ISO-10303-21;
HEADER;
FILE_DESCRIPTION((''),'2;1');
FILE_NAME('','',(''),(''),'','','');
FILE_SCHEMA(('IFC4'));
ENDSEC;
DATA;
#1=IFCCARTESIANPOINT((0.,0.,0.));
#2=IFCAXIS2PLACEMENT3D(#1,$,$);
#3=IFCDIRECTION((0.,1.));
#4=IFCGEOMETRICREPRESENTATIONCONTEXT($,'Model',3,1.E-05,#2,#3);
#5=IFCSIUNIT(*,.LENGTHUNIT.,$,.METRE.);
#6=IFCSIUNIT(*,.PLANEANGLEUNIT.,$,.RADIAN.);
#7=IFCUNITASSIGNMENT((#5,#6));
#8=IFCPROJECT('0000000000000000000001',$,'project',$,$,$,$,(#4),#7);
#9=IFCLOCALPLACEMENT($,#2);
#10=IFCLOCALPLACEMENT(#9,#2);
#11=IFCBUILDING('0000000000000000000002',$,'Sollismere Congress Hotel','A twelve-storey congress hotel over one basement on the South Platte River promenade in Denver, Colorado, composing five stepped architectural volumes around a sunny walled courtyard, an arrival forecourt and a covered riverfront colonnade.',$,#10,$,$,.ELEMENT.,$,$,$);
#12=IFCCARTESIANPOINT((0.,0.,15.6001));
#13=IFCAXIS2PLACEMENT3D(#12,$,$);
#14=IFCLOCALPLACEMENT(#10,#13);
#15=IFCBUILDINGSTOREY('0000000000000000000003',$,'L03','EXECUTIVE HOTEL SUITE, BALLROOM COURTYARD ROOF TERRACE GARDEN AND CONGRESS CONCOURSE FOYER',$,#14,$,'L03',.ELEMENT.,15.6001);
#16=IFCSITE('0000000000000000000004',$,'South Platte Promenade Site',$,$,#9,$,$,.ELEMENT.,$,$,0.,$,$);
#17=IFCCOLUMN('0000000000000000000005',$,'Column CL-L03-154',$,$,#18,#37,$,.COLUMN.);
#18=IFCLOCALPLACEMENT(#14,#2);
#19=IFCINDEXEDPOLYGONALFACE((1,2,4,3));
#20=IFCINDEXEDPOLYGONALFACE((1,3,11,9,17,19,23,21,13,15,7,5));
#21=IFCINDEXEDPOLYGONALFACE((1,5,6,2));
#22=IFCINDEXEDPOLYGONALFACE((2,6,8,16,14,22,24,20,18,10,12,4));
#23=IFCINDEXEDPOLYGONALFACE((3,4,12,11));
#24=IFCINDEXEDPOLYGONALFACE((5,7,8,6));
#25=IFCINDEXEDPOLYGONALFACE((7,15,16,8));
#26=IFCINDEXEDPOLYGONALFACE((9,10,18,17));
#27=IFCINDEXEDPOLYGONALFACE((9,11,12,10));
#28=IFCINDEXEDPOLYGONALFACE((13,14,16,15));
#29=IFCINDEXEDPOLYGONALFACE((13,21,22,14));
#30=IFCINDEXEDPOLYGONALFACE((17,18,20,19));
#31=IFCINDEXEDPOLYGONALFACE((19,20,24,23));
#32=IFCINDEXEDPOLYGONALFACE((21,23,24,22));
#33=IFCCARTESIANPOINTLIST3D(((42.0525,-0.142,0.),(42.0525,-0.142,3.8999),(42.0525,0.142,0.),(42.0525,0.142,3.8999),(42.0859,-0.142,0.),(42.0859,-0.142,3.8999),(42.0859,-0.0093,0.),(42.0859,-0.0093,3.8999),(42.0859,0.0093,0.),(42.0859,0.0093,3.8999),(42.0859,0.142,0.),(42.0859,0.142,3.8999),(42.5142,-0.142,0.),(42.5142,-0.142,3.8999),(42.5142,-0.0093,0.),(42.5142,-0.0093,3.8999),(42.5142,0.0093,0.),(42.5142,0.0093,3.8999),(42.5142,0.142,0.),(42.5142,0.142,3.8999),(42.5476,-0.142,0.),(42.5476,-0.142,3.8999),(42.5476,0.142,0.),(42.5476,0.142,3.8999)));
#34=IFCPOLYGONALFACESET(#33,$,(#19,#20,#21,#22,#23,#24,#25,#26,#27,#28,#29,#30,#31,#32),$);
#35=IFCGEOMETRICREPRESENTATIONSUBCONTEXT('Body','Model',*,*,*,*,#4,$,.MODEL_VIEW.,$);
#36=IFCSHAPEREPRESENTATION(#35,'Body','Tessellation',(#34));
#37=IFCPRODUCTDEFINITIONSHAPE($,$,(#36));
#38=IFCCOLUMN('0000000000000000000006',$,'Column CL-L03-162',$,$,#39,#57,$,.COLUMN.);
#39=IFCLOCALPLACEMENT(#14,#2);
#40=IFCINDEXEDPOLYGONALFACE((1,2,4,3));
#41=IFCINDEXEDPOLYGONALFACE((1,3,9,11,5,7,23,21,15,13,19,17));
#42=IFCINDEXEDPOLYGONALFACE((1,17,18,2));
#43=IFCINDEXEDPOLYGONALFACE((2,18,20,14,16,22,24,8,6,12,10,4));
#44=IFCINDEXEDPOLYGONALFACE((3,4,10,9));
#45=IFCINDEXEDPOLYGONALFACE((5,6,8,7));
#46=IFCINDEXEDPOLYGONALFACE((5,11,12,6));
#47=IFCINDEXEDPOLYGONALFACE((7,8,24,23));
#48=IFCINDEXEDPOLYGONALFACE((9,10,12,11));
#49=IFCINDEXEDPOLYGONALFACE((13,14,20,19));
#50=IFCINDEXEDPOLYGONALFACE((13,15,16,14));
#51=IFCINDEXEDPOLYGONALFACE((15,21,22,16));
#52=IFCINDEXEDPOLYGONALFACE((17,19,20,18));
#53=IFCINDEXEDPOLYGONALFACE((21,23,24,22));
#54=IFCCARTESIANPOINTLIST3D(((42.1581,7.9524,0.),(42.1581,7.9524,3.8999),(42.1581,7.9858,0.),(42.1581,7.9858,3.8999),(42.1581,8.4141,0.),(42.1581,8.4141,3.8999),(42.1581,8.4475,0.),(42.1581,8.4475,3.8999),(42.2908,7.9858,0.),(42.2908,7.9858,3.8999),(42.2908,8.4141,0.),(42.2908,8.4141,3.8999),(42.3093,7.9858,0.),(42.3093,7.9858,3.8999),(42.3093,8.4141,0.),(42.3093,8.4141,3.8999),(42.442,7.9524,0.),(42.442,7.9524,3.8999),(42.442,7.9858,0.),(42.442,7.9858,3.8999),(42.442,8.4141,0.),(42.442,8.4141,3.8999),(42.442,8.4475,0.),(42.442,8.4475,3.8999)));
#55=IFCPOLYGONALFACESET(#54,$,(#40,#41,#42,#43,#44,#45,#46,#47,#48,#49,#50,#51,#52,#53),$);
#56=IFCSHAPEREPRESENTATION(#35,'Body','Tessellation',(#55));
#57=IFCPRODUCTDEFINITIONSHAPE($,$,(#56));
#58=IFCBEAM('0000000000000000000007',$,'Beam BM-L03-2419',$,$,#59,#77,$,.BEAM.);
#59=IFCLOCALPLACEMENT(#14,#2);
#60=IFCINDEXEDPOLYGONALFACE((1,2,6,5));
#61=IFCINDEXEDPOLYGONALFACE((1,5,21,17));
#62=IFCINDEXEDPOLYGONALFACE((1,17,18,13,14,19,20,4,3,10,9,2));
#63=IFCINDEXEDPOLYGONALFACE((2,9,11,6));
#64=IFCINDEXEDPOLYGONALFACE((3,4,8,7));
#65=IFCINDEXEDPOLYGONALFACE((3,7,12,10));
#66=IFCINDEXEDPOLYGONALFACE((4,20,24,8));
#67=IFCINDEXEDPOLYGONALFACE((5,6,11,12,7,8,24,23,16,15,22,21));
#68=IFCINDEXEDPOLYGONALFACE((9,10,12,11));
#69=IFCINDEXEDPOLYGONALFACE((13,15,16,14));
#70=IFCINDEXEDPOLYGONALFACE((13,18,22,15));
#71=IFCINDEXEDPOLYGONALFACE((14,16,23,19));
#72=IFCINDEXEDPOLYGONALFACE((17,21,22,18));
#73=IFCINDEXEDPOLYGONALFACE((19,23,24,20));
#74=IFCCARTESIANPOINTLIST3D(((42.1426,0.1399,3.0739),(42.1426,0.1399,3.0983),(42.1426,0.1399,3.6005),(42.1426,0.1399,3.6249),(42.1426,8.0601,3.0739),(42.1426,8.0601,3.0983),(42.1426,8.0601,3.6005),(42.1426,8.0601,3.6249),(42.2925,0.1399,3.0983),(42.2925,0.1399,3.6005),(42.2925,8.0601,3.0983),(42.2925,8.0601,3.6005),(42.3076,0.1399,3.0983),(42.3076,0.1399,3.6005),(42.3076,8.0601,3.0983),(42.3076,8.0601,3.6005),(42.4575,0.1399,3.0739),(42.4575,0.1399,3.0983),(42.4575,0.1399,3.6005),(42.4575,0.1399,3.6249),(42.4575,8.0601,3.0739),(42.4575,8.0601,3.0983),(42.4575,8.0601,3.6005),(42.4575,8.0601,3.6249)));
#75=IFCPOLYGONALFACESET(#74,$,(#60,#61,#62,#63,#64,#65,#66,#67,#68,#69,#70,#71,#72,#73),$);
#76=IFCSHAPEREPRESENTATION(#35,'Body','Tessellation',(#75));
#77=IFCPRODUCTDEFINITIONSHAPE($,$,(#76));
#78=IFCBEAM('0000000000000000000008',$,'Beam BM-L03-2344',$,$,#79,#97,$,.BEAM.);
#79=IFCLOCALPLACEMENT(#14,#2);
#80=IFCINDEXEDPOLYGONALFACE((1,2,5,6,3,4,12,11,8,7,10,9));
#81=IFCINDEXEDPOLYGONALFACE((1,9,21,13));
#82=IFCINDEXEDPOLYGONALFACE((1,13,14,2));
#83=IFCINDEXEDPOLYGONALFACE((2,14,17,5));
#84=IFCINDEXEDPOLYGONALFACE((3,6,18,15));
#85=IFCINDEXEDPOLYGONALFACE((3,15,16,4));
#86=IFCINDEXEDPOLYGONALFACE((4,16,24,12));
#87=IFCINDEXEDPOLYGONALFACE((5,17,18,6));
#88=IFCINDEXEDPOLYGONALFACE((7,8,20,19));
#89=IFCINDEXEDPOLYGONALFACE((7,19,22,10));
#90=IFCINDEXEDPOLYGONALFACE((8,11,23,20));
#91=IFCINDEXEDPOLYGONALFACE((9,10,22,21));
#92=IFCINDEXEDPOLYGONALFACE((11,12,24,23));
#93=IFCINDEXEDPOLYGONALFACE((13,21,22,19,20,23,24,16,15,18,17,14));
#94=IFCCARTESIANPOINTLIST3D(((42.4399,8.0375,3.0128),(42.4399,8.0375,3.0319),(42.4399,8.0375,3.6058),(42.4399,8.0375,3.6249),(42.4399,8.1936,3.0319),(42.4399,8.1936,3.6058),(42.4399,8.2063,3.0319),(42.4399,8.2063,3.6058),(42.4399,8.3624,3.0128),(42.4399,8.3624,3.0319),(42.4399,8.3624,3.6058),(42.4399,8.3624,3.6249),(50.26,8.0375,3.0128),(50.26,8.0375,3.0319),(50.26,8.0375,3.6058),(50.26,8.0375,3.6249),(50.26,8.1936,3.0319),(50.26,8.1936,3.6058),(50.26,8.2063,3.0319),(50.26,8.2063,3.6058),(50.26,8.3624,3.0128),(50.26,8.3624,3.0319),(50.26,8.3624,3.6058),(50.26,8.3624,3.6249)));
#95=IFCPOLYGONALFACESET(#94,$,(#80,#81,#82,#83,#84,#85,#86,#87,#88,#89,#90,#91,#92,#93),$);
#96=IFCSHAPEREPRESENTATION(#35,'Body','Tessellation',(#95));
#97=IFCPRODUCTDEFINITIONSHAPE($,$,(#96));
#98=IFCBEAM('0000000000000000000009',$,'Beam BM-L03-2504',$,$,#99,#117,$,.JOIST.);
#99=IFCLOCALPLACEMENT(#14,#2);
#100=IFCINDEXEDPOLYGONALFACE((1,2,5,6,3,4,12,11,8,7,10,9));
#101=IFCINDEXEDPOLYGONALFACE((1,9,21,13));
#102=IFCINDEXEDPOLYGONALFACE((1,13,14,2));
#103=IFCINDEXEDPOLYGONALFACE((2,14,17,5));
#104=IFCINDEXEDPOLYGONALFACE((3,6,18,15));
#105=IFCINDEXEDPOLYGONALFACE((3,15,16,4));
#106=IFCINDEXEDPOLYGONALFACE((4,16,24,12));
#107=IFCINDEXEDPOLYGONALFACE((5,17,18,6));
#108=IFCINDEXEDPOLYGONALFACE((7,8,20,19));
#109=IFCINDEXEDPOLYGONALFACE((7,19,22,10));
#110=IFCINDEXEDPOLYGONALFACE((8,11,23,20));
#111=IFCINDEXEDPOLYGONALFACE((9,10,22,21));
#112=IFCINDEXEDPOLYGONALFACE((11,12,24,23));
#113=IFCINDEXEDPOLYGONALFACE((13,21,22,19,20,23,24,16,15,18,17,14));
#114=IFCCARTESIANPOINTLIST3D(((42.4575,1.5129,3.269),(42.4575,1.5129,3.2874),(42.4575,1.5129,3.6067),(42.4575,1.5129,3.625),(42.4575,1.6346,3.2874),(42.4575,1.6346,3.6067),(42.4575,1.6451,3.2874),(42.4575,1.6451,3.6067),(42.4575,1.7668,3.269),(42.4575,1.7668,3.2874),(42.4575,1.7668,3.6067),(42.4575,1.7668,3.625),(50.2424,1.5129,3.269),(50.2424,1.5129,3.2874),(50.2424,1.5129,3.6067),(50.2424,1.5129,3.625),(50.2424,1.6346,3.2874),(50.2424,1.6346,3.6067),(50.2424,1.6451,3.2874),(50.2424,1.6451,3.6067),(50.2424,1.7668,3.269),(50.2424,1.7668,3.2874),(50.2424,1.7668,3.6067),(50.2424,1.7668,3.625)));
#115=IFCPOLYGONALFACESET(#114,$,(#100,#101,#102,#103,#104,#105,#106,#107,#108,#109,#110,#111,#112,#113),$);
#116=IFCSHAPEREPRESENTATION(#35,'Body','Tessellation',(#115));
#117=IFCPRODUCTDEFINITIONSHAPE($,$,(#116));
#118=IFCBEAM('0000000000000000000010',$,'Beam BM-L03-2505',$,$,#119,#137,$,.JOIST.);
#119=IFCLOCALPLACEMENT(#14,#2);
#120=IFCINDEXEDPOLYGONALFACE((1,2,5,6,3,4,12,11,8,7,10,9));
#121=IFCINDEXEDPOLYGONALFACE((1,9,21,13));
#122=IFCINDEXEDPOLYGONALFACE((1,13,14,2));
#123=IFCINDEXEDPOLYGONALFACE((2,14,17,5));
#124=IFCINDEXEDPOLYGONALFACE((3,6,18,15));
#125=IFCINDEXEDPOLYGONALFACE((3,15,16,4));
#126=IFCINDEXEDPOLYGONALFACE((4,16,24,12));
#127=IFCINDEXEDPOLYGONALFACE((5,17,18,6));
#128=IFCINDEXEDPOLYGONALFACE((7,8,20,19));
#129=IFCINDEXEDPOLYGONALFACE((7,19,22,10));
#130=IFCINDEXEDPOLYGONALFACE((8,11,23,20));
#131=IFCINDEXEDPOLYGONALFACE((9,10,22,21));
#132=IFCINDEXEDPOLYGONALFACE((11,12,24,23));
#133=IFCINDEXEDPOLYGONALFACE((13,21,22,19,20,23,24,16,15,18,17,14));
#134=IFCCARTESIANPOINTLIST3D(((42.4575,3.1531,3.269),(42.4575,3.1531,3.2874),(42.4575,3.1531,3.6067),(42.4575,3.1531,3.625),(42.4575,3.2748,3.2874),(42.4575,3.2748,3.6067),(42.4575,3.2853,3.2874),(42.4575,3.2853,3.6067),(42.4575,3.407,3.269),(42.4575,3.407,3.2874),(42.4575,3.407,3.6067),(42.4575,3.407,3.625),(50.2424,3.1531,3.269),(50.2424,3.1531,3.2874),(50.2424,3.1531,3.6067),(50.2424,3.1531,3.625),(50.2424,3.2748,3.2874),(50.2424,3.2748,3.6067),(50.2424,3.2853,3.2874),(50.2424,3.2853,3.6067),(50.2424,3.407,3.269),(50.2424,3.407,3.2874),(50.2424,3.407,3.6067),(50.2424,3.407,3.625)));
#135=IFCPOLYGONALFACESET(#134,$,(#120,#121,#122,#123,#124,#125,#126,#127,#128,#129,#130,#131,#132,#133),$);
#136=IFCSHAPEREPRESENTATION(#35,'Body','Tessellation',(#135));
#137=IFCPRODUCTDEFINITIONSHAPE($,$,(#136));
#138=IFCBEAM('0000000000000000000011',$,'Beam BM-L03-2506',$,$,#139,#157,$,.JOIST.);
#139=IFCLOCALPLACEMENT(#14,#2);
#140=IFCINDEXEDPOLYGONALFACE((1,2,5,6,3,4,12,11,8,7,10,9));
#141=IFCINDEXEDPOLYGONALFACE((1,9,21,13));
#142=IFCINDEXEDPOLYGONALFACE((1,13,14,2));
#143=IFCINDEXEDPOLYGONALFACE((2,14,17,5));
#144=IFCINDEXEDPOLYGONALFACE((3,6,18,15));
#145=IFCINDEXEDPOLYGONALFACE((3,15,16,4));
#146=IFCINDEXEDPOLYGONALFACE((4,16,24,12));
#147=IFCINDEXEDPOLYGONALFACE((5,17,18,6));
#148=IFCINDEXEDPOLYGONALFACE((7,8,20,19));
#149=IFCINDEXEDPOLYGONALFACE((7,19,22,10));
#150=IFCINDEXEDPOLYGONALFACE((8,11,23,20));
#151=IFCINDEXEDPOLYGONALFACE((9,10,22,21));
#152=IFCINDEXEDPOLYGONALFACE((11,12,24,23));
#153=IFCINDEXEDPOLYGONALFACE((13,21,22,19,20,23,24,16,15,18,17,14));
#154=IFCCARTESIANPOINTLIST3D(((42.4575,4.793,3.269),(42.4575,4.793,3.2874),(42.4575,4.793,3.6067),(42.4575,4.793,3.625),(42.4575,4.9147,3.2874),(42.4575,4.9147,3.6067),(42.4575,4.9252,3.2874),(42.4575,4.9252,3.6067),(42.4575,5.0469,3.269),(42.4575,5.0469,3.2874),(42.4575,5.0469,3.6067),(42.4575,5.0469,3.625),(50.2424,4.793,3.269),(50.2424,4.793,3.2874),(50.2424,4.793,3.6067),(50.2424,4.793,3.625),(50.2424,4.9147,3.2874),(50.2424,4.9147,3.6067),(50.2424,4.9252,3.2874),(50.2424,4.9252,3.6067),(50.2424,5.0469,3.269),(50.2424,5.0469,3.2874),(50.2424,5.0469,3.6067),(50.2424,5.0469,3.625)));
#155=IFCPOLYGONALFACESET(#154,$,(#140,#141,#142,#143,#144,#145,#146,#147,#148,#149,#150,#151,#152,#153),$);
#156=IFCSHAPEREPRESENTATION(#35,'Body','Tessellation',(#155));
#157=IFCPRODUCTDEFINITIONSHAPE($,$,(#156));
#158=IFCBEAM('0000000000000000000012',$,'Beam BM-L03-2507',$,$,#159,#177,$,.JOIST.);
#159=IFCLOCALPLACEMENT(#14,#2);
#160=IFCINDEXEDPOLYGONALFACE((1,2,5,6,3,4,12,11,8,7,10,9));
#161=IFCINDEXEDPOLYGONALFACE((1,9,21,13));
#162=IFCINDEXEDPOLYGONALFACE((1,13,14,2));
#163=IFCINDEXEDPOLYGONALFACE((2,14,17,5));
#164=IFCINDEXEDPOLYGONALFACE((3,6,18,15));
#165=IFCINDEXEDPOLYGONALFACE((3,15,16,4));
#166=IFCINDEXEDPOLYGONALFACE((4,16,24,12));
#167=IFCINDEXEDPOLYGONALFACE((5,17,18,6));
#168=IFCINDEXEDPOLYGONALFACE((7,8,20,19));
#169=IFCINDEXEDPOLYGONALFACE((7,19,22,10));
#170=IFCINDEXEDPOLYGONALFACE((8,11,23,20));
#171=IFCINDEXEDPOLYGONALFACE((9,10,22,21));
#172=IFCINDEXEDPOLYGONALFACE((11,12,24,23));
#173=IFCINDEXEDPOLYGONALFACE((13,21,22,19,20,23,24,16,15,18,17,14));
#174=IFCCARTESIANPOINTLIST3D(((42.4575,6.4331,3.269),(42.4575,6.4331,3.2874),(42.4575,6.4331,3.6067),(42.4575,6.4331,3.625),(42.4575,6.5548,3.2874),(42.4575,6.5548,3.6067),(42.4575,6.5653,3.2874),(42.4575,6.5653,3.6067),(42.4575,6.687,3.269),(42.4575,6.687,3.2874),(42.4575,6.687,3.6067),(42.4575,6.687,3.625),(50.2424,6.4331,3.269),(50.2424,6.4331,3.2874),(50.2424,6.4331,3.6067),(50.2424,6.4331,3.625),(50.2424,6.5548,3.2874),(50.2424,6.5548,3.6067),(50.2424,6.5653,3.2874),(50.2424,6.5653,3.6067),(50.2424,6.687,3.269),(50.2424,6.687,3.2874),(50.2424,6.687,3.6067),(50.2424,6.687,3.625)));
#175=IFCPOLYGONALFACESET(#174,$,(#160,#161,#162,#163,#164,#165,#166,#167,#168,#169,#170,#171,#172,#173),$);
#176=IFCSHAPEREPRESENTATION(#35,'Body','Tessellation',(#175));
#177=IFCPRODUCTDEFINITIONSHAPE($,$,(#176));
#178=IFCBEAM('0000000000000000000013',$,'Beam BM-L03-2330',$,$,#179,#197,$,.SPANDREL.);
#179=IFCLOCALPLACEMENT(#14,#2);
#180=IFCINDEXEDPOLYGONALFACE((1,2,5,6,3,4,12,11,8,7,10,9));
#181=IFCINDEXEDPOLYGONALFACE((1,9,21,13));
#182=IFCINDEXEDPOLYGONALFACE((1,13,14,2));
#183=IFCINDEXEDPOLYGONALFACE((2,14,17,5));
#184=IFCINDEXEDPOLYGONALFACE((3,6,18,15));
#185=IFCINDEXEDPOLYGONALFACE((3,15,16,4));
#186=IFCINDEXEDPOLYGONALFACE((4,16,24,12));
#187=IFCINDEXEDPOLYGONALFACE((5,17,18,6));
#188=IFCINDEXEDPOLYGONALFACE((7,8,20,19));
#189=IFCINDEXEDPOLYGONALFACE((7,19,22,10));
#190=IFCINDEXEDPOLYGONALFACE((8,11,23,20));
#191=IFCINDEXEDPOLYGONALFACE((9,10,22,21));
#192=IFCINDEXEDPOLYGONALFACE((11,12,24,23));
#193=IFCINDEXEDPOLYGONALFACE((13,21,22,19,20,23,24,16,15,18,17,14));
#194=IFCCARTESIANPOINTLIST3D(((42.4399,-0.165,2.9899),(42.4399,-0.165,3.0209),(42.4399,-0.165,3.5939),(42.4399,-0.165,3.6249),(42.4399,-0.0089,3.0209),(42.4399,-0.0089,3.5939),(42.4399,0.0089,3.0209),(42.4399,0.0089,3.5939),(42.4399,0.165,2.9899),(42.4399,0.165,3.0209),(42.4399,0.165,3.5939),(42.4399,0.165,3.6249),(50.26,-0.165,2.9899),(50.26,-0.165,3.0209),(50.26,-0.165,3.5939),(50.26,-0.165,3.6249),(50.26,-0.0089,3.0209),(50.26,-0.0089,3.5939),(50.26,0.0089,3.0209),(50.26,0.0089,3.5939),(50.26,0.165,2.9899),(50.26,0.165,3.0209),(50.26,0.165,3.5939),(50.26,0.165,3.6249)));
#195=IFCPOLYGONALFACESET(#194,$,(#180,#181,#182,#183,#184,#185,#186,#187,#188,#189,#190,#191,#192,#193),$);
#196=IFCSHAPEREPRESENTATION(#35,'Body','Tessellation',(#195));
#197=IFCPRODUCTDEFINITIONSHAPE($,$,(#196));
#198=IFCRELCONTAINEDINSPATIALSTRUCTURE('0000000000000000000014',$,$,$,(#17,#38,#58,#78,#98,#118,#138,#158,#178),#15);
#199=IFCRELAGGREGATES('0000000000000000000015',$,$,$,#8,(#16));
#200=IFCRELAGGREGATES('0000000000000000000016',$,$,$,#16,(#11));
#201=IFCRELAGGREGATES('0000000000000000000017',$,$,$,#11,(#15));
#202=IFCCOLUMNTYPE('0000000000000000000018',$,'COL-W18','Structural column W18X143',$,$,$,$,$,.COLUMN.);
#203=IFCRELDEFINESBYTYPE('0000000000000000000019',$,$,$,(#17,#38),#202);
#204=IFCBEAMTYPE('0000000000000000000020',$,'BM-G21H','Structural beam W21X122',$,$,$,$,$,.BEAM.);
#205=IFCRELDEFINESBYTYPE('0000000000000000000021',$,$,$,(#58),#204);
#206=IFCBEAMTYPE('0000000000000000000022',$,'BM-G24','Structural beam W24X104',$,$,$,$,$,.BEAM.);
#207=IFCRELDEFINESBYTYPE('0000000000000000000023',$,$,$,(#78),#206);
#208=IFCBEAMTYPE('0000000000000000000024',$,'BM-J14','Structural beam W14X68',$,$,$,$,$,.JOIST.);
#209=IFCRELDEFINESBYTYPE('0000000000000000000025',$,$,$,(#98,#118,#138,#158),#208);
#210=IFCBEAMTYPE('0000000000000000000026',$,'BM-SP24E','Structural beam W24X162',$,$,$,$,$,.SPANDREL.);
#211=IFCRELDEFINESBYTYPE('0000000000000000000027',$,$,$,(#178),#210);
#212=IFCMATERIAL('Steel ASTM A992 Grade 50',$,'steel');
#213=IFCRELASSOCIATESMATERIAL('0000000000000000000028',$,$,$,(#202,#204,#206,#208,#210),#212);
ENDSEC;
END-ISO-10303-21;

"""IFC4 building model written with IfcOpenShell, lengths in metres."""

from ifc_helpers import new_model, si_unit, direction, frame, origin, origin_2d, place, context, subcontext, project, spatial, i_section, extrude, material, material_profile, profile_set, type_object, element, save


model = new_model("IFC4")

# Units and contexts
model_context = context("Model", 3, precision=1e-05, world=origin(), true_north=direction((0.0, 1.0)))
body_context = subcontext(model_context, "Body", "Model", "MODEL_VIEW")
ifc_project = project(units=[si_unit("LENGTHUNIT", "METRE"), si_unit("PLANEANGLEUNIT", "RADIAN")], contexts=[model_context])

# Site, building, storey
site_placement = place(None, origin())
site = spatial("IfcSite", under=ifc_project, at=site_placement, Name="South Platte Promenade Site", CompositionType="ELEMENT", RefElevation=0.0)
building_placement = place(site_placement, origin())
building = spatial("IfcBuilding", under=site, at=building_placement, Name="Sollismere Congress Hotel", Description="A twelve-storey congress hotel over one basement on the South Platte River promenade in Denver, Colorado, composing five stepped architectural volumes around a sunny walled courtyard, an arrival forecourt and a covered riverfront colonnade.", CompositionType="ELEMENT")
storey_placement = place(building_placement, frame((0.0, 0.0, 15.6001)))
storey = spatial("IfcBuildingStorey", under=building, at=storey_placement, Name="L03", Description="EXECUTIVE HOTEL SUITE, BALLROOM COURTYARD ROOF TERRACE GARDEN AND CONGRESS CONCOURSE FOYER", LongName="L03", CompositionType="ELEMENT", Elevation=15.6001)

# Columns
ifc_material_1 = material(Name="Steel ASTM A992 Grade 50", Category="steel")
ifc_material_profile_1 = material_profile(ifc_material_1, i_section(OverallWidth=0.2839, OverallDepth=0.4951, WebThickness=0.0186, FlangeThickness=0.0334, at=origin_2d()), Name="W18X143")
ifc_profile_set_1 = profile_set([ifc_material_profile_1], Name="Steel ASTM A992 Grade 50")
column_type = type_object("IfcColumnType", Name="COL-W18", Description="Structural column W18X143", PredefinedType="COLUMN", material=ifc_profile_set_1)
for number, where, z_axis, x_axis, name in (
    (1, (42.3, 0.0, 0.0), (0.0, 0.0, 1.0), (0.0, 1.0, 0.0), "Column CL-L03-154"),
    (2, (42.3, 8.2, 0.0), (0.0, 0.0, 1.0), (1.0, 0.0, 0.0), "Column CL-L03-162"),
):
    element("IfcColumn", number, at=place(storey_placement, frame(where, z_axis=z_axis, x_axis=x_axis)), inside=storey, type_object=column_type, Name=name, PredefinedType="COLUMN", context=body_context, shape_type="SweptSolid", body=[
        extrude(i_section(OverallWidth=0.2839, OverallDepth=0.4951, WebThickness=0.0186, FlangeThickness=0.0334, at=origin_2d()), origin(), (0.0, 0.0, 1.0), 3.8999),
    ])

# Beams
ifc_material_profile_2 = material_profile(ifc_material_1, i_section(OverallWidth=0.3149, OverallDepth=0.551, WebThickness=0.0151, FlangeThickness=0.0244, at=origin_2d()), Name="W21X122")
ifc_profile_set_2 = profile_set([ifc_material_profile_2], Name="Steel ASTM A992 Grade 50")
beam_type_1 = type_object("IfcBeamType", Name="BM-G21H", Description="Structural beam W21X122", PredefinedType="BEAM", material=ifc_profile_set_2)
beam_1_placement = place(storey_placement, frame((42.3, 0.1399, 3.3494), z_axis=(0.0, 1.0, 0.0), x_axis=(-1.0, 0.0, 0.0)))
element("IfcBeam", 3, at=beam_1_placement, inside=storey, type_object=beam_type_1, Name="Beam BM-L03-2419", PredefinedType="BEAM", context=body_context, shape_type="SweptSolid", body=[
    extrude(i_section(OverallWidth=0.3149, OverallDepth=0.551, WebThickness=0.0151, FlangeThickness=0.0244, at=origin_2d()), origin(), (0.0, 0.0, 1.0), 7.9202),
])
ifc_material_profile_3 = material_profile(ifc_material_1, i_section(OverallWidth=0.325, OverallDepth=0.6121, WebThickness=0.0127, FlangeThickness=0.019, at=origin_2d()), Name="W24X104")
ifc_profile_set_3 = profile_set([ifc_material_profile_3], Name="Steel ASTM A992 Grade 50")
beam_type_2 = type_object("IfcBeamType", Name="BM-G24", Description="Structural beam W24X104", PredefinedType="BEAM", material=ifc_profile_set_3)
beam_2_placement = place(storey_placement, frame((42.4399, 8.2, 3.3188), z_axis=(1.0, 0.0, 0.0), x_axis=(0.0, 1.0, 0.0)))
element("IfcBeam", 4, at=beam_2_placement, inside=storey, type_object=beam_type_2, Name="Beam BM-L03-2344", PredefinedType="BEAM", context=body_context, shape_type="SweptSolid", body=[
    extrude(i_section(OverallWidth=0.325, OverallDepth=0.6121, WebThickness=0.0127, FlangeThickness=0.019, at=origin_2d()), origin(), (0.0, 0.0, 1.0), 7.8201),
])
ifc_material_profile_4 = material_profile(ifc_material_1, i_section(OverallWidth=0.2539, OverallDepth=0.356, WebThickness=0.0105, FlangeThickness=0.0183, at=origin_2d()), Name="W14X68")
ifc_profile_set_4 = profile_set([ifc_material_profile_4], Name="Steel ASTM A992 Grade 50")
beam_type_3 = type_object("IfcBeamType", Name="BM-J14", Description="Structural beam W14X68", PredefinedType="JOIST", material=ifc_profile_set_4)
for number, where, z_axis, x_axis, name in (
    (5, (42.4575, 1.6399, 3.447), (1.0, 0.0, 0.0), (0.0, 1.0, 0.0), "Beam BM-L03-2504"),
    (6, (42.4575, 3.28, 3.447), (1.0, 0.0, 0.0), (0.0, 1.0, 0.0), "Beam BM-L03-2505"),
    (7, (42.4575, 4.9199, 3.447), (1.0, 0.0, 0.0), (0.0, 1.0, 0.0), "Beam BM-L03-2506"),
    (8, (42.4575, 6.5601, 3.447), (1.0, 0.0, 0.0), (0.0, 1.0, 0.0), "Beam BM-L03-2507"),
):
    element("IfcBeam", number, at=place(storey_placement, frame(where, z_axis=z_axis, x_axis=x_axis)), inside=storey, type_object=beam_type_3, Name=name, PredefinedType="JOIST", context=body_context, shape_type="SweptSolid", body=[
        extrude(i_section(OverallWidth=0.2539, OverallDepth=0.356, WebThickness=0.0105, FlangeThickness=0.0183, at=origin_2d()), origin(), (0.0, 0.0, 1.0), 7.7849),
    ])
ifc_material_profile_5 = material_profile(ifc_material_1, i_section(OverallWidth=0.3301, OverallDepth=0.635, WebThickness=0.0178, FlangeThickness=0.031, at=origin_2d()), Name="W24X162")
ifc_profile_set_5 = profile_set([ifc_material_profile_5], Name="Steel ASTM A992 Grade 50")
beam_type_4 = type_object("IfcBeamType", Name="BM-SP24E", Description="Structural beam W24X162", PredefinedType="SPANDREL", material=ifc_profile_set_5)
beam_3_placement = place(storey_placement, frame((42.4399, 0.0, 3.3074), z_axis=(1.0, 0.0, 0.0), x_axis=(0.0, 1.0, 0.0)))
element("IfcBeam", 9, at=beam_3_placement, inside=storey, type_object=beam_type_4, Name="Beam BM-L03-2330", PredefinedType="SPANDREL", context=body_context, shape_type="SweptSolid", body=[
    extrude(i_section(OverallWidth=0.3301, OverallDepth=0.635, WebThickness=0.0178, FlangeThickness=0.031, at=origin_2d()), origin(), (0.0, 0.0, 1.0), 7.8201),
])

save(model, "model.ifc")
